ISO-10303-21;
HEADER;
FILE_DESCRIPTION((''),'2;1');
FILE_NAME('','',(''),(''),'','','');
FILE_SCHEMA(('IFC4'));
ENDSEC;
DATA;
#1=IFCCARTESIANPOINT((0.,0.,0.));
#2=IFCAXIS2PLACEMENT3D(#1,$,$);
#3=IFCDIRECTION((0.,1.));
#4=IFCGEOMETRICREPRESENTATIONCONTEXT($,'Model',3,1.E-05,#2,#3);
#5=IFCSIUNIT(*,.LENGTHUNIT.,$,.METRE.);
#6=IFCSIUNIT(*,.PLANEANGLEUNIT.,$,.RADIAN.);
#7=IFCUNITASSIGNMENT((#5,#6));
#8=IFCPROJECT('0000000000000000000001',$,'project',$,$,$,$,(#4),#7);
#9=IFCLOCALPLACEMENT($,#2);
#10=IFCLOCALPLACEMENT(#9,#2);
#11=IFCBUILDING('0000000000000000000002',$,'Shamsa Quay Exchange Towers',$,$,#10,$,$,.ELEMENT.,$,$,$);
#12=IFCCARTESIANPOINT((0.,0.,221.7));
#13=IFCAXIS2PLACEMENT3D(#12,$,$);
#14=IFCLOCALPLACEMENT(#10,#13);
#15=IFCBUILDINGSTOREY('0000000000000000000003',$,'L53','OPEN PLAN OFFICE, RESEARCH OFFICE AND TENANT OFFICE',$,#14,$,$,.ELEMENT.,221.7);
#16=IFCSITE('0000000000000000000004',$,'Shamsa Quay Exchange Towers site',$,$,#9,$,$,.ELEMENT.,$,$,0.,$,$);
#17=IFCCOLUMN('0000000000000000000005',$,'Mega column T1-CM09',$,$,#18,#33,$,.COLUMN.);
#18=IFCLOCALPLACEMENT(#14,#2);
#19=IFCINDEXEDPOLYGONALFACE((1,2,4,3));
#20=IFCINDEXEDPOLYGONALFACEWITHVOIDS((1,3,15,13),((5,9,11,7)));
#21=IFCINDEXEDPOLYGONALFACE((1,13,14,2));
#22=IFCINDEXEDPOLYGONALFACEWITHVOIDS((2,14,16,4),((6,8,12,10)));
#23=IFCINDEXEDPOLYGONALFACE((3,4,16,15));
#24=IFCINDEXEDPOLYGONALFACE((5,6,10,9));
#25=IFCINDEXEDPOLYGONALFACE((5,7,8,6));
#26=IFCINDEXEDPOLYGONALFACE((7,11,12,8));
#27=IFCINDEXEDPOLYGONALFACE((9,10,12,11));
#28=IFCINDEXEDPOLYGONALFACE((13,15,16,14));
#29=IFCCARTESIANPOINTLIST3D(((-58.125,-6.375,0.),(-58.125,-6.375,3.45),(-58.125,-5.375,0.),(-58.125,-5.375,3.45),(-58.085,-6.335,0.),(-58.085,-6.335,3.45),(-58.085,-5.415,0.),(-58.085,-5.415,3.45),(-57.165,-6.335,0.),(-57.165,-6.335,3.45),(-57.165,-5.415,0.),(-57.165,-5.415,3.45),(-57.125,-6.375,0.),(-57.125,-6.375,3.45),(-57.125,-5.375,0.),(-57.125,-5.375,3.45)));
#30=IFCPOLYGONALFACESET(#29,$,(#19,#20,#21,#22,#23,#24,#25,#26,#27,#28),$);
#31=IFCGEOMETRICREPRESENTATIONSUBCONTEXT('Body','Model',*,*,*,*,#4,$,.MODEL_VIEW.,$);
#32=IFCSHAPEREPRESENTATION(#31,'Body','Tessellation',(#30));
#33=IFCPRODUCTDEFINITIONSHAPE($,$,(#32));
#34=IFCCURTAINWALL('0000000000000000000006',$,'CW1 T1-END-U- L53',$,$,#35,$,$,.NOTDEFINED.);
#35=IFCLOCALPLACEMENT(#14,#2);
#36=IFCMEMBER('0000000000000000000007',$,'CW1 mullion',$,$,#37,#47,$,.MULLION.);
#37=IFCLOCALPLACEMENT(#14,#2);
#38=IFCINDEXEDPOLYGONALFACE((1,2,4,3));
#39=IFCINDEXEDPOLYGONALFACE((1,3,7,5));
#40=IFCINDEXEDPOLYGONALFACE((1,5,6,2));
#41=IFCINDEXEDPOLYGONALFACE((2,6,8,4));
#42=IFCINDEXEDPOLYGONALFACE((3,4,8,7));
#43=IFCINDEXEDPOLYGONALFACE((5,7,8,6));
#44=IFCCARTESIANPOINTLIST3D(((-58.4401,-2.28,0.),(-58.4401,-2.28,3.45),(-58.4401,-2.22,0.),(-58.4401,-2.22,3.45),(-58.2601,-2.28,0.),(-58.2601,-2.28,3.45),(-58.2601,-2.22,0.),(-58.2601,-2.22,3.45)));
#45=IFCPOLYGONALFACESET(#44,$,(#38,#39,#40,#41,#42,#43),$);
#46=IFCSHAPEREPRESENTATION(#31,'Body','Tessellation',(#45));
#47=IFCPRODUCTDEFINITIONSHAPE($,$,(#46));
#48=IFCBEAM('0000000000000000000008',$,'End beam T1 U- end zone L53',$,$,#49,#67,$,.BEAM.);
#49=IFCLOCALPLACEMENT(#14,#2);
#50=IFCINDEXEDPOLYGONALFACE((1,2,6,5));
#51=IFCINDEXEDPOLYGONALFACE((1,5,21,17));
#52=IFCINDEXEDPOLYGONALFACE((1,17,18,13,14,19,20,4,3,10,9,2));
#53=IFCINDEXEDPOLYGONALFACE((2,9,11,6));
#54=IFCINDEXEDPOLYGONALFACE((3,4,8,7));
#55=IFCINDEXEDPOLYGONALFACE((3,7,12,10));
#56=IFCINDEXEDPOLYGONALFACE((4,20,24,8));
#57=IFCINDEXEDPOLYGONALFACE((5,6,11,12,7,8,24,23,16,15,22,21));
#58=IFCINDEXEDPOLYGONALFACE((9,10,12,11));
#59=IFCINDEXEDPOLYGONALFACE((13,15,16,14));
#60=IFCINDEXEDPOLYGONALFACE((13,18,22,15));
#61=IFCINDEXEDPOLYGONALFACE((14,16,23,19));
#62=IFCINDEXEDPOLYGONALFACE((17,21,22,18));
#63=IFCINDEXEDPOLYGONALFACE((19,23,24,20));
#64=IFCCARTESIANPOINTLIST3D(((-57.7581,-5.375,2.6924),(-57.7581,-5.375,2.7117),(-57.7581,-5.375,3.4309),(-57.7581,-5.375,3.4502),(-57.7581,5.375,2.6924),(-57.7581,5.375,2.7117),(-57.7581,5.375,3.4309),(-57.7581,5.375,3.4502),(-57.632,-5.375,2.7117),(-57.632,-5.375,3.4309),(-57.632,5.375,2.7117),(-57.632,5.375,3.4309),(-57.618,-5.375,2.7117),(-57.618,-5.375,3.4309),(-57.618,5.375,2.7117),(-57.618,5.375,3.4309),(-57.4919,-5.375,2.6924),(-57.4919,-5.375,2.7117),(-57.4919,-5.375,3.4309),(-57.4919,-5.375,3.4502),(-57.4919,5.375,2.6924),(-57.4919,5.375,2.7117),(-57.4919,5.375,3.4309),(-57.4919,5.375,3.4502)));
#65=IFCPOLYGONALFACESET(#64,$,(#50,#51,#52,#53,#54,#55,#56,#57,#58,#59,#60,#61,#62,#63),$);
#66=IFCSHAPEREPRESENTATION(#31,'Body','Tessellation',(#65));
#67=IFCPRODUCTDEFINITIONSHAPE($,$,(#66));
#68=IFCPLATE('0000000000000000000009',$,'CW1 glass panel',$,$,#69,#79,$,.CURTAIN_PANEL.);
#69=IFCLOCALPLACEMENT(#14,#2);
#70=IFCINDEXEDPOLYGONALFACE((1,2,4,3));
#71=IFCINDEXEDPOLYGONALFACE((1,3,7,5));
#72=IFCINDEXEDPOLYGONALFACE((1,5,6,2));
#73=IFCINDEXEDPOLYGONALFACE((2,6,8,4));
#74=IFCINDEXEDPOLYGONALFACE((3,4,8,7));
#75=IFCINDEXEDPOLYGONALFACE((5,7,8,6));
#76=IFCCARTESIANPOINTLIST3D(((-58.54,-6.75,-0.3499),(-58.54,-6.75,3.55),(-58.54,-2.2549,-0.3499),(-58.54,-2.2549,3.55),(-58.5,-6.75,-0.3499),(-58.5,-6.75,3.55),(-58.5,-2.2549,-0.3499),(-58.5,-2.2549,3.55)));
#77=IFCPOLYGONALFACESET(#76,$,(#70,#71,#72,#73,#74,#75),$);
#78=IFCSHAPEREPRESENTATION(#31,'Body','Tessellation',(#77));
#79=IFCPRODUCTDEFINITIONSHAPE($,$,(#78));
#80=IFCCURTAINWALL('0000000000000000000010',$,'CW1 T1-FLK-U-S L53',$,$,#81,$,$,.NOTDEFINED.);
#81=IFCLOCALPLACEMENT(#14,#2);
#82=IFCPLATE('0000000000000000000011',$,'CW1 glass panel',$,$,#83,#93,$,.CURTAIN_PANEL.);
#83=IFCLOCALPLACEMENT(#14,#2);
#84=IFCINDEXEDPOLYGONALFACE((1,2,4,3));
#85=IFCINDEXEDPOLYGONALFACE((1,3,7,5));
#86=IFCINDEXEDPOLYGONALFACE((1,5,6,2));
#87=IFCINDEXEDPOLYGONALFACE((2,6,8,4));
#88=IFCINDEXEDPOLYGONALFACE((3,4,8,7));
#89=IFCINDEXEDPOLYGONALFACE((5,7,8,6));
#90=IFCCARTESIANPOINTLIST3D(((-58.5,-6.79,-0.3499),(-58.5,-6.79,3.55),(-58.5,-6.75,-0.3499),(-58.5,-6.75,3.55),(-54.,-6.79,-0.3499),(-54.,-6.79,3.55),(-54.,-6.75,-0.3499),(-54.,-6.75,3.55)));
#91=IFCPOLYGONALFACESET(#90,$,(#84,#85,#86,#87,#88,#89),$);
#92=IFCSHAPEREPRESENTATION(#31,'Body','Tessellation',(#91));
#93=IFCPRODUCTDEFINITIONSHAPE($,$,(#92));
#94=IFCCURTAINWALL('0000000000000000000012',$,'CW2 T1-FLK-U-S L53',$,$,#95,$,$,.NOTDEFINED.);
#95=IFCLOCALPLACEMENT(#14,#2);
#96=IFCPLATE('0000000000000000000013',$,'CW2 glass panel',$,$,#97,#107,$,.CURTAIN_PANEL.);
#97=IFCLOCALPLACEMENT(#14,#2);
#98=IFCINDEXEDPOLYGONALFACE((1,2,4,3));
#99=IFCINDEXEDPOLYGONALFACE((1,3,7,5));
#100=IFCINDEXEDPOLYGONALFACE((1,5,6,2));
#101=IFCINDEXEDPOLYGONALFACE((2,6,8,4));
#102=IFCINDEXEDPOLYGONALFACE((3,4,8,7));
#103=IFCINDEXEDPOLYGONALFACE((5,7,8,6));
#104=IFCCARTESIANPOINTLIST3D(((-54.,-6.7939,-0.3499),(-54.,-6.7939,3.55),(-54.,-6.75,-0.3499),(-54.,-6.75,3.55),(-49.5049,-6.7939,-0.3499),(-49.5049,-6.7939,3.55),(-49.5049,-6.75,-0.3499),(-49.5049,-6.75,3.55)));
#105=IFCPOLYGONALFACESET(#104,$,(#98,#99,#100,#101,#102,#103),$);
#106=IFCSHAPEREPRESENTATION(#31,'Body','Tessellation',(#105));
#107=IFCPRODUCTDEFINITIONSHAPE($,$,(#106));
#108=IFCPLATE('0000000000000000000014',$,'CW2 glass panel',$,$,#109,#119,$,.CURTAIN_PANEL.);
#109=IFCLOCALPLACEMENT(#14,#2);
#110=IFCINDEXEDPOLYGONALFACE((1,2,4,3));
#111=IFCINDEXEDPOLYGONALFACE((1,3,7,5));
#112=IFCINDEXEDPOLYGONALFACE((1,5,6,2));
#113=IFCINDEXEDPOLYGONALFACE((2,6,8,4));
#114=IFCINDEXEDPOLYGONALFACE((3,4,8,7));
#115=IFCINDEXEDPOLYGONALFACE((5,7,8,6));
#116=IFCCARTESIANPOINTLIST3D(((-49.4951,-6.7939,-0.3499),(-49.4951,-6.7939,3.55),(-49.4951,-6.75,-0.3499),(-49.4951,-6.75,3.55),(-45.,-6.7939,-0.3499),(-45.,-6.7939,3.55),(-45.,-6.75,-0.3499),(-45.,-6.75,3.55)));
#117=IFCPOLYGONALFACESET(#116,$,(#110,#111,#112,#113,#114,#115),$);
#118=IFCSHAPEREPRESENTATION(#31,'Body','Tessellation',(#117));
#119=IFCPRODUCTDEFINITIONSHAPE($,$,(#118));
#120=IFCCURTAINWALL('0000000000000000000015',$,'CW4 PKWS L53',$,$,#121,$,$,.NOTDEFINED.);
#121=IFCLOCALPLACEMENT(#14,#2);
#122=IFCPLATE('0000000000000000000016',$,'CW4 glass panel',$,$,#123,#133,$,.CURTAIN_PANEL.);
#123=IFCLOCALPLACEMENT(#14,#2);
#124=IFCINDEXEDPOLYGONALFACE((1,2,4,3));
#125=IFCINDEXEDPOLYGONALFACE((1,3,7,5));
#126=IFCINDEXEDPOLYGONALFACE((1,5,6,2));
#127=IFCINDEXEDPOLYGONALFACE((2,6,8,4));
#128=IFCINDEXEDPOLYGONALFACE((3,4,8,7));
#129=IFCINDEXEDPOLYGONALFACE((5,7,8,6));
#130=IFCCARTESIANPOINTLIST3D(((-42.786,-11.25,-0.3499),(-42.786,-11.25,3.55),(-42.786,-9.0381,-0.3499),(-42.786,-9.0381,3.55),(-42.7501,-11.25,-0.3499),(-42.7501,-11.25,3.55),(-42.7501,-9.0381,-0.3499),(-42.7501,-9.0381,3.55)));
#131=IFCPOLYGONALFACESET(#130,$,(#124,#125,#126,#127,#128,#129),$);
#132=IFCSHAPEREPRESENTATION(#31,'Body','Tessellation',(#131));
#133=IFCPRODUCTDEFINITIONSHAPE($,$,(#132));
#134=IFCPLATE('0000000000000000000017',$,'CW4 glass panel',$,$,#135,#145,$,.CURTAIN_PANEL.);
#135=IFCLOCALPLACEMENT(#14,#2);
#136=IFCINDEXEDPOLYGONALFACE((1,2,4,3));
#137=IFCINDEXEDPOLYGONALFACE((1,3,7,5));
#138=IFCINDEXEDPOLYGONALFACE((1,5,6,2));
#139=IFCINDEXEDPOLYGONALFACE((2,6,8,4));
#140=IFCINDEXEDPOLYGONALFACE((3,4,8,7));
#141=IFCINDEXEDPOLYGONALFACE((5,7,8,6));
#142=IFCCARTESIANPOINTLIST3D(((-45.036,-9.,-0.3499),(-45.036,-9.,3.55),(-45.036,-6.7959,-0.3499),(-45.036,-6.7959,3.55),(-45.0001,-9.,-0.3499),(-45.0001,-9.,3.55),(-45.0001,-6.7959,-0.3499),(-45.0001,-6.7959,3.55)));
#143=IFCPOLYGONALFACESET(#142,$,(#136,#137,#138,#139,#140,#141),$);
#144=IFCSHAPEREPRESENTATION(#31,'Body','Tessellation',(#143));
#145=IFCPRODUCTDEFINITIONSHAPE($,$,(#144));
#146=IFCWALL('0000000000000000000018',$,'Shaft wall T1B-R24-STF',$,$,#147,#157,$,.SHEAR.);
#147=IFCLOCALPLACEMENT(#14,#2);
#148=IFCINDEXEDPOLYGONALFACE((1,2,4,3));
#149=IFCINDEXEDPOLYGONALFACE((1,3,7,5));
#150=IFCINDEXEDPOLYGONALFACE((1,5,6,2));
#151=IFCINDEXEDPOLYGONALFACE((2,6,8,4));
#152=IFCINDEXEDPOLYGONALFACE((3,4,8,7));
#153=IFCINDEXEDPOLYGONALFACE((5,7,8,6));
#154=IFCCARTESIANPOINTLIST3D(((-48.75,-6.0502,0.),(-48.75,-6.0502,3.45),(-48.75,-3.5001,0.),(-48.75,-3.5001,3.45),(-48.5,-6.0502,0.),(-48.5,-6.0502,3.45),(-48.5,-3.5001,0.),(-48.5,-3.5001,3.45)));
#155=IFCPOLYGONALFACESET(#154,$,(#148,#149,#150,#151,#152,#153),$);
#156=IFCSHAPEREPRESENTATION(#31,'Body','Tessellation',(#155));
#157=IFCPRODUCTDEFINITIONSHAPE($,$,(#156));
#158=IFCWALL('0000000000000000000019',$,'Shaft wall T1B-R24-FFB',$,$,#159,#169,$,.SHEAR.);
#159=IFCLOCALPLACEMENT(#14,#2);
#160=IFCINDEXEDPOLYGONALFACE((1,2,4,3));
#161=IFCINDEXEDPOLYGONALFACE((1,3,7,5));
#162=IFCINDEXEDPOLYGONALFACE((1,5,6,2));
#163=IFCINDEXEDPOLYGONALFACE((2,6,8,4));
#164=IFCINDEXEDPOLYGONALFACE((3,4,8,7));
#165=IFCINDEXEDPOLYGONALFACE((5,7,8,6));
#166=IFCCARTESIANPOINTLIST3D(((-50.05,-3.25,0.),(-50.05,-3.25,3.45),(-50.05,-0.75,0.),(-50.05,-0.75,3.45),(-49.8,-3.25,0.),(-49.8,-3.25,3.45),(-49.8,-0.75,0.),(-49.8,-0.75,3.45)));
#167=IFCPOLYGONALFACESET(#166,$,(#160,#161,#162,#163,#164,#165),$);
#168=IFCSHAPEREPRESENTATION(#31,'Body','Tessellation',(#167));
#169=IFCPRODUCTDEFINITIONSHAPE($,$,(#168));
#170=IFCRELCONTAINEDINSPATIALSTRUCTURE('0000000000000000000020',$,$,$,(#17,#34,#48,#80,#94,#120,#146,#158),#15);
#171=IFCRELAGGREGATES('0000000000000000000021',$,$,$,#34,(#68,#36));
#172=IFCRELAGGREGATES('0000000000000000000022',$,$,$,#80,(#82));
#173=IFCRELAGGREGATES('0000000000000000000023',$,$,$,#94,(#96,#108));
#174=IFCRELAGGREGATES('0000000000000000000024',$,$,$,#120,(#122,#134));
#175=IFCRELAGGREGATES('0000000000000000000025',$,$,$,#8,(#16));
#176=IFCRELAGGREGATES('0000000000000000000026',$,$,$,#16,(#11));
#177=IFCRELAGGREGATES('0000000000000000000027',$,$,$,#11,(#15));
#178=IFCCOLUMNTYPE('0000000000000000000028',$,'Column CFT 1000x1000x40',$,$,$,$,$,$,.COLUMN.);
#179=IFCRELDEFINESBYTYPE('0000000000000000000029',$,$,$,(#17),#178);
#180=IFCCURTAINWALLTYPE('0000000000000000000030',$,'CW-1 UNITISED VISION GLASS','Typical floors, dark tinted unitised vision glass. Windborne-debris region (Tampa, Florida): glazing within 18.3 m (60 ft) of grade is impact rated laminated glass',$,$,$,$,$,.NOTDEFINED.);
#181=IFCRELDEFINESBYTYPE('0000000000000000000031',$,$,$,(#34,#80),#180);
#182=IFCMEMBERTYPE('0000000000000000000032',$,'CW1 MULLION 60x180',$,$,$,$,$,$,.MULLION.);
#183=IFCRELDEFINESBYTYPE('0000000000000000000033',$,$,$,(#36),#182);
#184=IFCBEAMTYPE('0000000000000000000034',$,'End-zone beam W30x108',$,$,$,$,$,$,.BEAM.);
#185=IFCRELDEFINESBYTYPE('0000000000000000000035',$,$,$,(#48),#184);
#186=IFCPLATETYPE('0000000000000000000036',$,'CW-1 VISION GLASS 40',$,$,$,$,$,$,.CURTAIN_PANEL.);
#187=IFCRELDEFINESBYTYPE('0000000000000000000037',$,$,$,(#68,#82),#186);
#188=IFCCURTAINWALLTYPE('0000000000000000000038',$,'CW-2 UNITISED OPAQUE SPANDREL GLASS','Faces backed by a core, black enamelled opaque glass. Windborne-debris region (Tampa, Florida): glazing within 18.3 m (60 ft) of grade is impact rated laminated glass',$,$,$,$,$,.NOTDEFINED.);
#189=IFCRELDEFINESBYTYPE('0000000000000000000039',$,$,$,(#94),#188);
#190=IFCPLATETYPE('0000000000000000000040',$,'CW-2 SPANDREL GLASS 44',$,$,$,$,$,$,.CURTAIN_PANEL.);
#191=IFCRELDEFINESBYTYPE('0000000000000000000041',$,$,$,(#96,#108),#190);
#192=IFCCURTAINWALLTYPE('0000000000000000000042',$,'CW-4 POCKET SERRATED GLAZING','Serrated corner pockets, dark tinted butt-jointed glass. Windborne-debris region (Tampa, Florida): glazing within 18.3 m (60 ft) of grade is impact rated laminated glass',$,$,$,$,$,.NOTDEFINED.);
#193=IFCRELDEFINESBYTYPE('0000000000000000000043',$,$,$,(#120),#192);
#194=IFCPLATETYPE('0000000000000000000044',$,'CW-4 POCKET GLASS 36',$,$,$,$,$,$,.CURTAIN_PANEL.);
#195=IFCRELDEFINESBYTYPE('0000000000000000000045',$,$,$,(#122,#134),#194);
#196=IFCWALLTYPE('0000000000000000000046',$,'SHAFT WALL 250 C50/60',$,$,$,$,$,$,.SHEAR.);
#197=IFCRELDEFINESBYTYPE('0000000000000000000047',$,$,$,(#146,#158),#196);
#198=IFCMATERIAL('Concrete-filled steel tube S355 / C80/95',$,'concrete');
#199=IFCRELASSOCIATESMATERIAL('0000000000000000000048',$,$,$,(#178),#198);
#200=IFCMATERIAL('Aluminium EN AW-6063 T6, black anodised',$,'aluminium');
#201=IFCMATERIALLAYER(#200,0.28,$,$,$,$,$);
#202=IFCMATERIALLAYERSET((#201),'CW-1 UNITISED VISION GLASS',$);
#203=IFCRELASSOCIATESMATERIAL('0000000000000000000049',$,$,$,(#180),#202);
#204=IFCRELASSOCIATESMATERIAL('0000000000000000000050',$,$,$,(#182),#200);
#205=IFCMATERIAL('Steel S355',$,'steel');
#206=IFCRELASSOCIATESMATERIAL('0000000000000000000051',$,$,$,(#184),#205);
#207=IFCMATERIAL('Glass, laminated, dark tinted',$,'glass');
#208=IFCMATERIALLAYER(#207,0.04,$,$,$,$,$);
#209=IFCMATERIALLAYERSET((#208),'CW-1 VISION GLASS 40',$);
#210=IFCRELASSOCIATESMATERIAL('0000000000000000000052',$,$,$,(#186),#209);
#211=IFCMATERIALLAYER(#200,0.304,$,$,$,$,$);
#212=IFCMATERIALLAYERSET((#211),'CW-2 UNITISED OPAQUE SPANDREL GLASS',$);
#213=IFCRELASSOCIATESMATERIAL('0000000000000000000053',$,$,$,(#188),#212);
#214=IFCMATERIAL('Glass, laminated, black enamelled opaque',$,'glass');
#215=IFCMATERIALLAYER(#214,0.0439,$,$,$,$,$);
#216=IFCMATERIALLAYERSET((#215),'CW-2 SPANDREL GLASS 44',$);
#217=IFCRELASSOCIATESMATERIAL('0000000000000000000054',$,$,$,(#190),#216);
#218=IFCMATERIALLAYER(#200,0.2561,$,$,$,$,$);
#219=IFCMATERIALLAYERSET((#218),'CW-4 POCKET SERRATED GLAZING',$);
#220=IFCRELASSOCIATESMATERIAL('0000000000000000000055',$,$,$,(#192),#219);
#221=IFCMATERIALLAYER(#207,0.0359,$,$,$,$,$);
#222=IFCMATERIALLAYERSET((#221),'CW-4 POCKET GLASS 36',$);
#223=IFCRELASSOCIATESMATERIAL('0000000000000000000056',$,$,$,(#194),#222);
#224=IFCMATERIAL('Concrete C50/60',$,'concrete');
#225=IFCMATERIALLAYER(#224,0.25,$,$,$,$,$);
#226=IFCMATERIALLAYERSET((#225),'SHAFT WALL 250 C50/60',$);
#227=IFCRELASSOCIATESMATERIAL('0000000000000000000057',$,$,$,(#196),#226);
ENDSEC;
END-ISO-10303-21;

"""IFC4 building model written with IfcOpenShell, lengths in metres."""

from ifc_helpers import new_model, si_unit, direction, frame, frame_2d, origin, origin_2d, place, context, subcontext, project, spatial, rectangle, hollow_rectangle, i_section, extrude, material, layer, layer_set, material_profile, profile_set, type_object, element, aggregate, save


model = new_model("IFC4")

# Units and contexts
model_context = context("Model", 3, precision=1e-05, world=origin(), true_north=direction((0.0, 1.0)))
body_context = subcontext(model_context, "Body", "Model", "MODEL_VIEW")
ifc_project = project(units=[si_unit("LENGTHUNIT", "METRE"), si_unit("PLANEANGLEUNIT", "RADIAN")], contexts=[model_context])

# Site, building, storey
site_placement = place(None, origin())
site = spatial("IfcSite", under=ifc_project, at=site_placement, Name="Shamsa Quay Exchange Towers site", CompositionType="ELEMENT", RefElevation=0.0)
building_placement = place(site_placement, origin())
building = spatial("IfcBuilding", under=site, at=building_placement, Name="Shamsa Quay Exchange Towers", CompositionType="ELEMENT")
storey_placement = place(building_placement, frame((0.0, 0.0, 221.7)))
storey = spatial("IfcBuildingStorey", under=building, at=storey_placement, Name="L53", Description="OPEN PLAN OFFICE, RESEARCH OFFICE AND TENANT OFFICE", CompositionType="ELEMENT", Elevation=221.7)

# Column
ifc_material_1 = material(Name="Concrete-filled steel tube S355 / C80/95", Category="concrete")
ifc_material_profile_1 = material_profile(ifc_material_1, hollow_rectangle(XDim=1.0, YDim=1.0, WallThickness=0.04, at=origin_2d()), Name="CFT 1000x1000x40")
ifc_profile_set_1 = profile_set([ifc_material_profile_1], Name="Concrete-filled steel tube S355 / C80/95")
column_type = type_object("IfcColumnType", Name="Column CFT 1000x1000x40", PredefinedType="COLUMN", material=ifc_profile_set_1)
column_placement = place(storey_placement, frame((-57.625, -5.875, 0.0)))
element("IfcColumn", 1, at=column_placement, inside=storey, type_object=column_type, Name="Mega column T1-CM09", PredefinedType="COLUMN", context=body_context, shape_type="SweptSolid", body=[
    extrude(hollow_rectangle(XDim=1.0, YDim=1.0, WallThickness=0.04, at=origin_2d()), origin(), (0.0, 0.0, 1.0), 3.45),
])

# Curtain wall, member
ifc_material_2 = material(Name="Aluminium EN AW-6063 T6, black anodised", Category="aluminium")
ifc_layer_1 = layer(ifc_material_2, 0.28)
ifc_layer_set_1 = layer_set([ifc_layer_1], Name="CW-1 UNITISED VISION GLASS")
curtain_wall_type_1 = type_object("IfcCurtainWallType", Name="CW-1 UNITISED VISION GLASS", Description="Typical floors, dark tinted unitised vision glass. Windborne-debris region (Tampa, Florida): glazing within 18.3 m (60 ft) of grade is impact rated laminated glass", PredefinedType="NOTDEFINED", material=ifc_layer_set_1)
curtain_wall_1_placement = place(storey_placement, origin())
curtain_wall_1 = element("IfcCurtainWall", 2, at=curtain_wall_1_placement, inside=storey, type_object=curtain_wall_type_1, Name="CW1 T1-END-U- L53", PredefinedType="NOTDEFINED")
ifc_material_profile_2 = material_profile(ifc_material_2, rectangle(XDim=0.1799, YDim=0.0601, at=origin_2d()), Name="MU60x180")
ifc_profile_set_2 = profile_set([ifc_material_profile_2], Name="Aluminium EN AW-6063 T6, black anodised")
member_type = type_object("IfcMemberType", Name="CW1 MULLION 60x180", PredefinedType="MULLION", material=ifc_profile_set_2)
member_placement = place(storey_placement, frame((-58.3501, -2.25, 0.0)))
member = element("IfcMember", 3, at=member_placement, type_object=member_type, Name="CW1 mullion", PredefinedType="MULLION", context=body_context, shape_type="SweptSolid", body=[
    extrude(rectangle(XDim=0.1799, YDim=0.0601, at=origin_2d()), origin(), (0.0, 0.0, 1.0), 3.45),
])

# Beam
ifc_material_3 = material(Name="Steel S355", Category="steel")
ifc_material_profile_3 = material_profile(ifc_material_3, i_section(OverallWidth=0.2661, OverallDepth=0.7578, WebThickness=0.0139, FlangeThickness=0.0193, at=origin_2d()), Name="W30x108")
ifc_profile_set_3 = profile_set([ifc_material_profile_3], Name="Steel S355")
beam_type = type_object("IfcBeamType", Name="End-zone beam W30x108", PredefinedType="BEAM", material=ifc_profile_set_3)
beam_placement = place(storey_placement, frame((-57.625, -5.375, 3.0713), z_axis=(0.0, 1.0, 0.0), x_axis=(-1.0, 0.0, 0.0)))
element("IfcBeam", 4, at=beam_placement, inside=storey, type_object=beam_type, Name="End beam T1 U- end zone L53", PredefinedType="BEAM", context=body_context, shape_type="SweptSolid", body=[
    extrude(i_section(OverallWidth=0.2661, OverallDepth=0.7578, WebThickness=0.0139, FlangeThickness=0.0193, at=origin_2d()), origin(), (0.0, 0.0, 1.0), 10.75),
])

# Plate
ifc_material_4 = material(Name="Glass, laminated, dark tinted", Category="glass")
ifc_layer_2 = layer(ifc_material_4, 0.04)
ifc_layer_set_2 = layer_set([ifc_layer_2], Name="CW-1 VISION GLASS 40")
plate_type_1 = type_object("IfcPlateType", Name="CW-1 VISION GLASS 40", PredefinedType="CURTAIN_PANEL", material=ifc_layer_set_2)
plate_1_placement = place(storey_placement, frame((-58.52, -4.5024, -0.3499), z_axis=(0.0, 0.0, 1.0), x_axis=(0.0, -1.0, 0.0)))
plate_1 = element("IfcPlate", 5, at=plate_1_placement, type_object=plate_type_1, Name="CW1 glass panel", PredefinedType="CURTAIN_PANEL", context=body_context, shape_type="SweptSolid", body=[
    extrude(rectangle(XDim=4.4951, YDim=0.04, at=origin_2d()), origin(), (0.0, 0.0, 1.0), 3.8999),
])
aggregate(curtain_wall_1, [plate_1, member])

# Curtain wall, plate
curtain_wall_2_placement = place(storey_placement, origin())
curtain_wall_2 = element("IfcCurtainWall", 6, at=curtain_wall_2_placement, inside=storey, type_object=curtain_wall_type_1, Name="CW1 T1-FLK-U-S L53", PredefinedType="NOTDEFINED")
plate_2_placement = place(storey_placement, frame((-56.25, -6.77, -0.3499)))
plate_2 = element("IfcPlate", 7, at=plate_2_placement, type_object=plate_type_1, Name="CW1 glass panel", PredefinedType="CURTAIN_PANEL", context=body_context, shape_type="SweptSolid", body=[
    extrude(rectangle(XDim=4.5, YDim=0.04, at=origin_2d()), origin(), (0.0, 0.0, 1.0), 3.8999),
])
aggregate(curtain_wall_2, [plate_2])

# Curtain walls, plates
ifc_layer_3 = layer(ifc_material_2, 0.304)
ifc_layer_set_3 = layer_set([ifc_layer_3], Name="CW-2 UNITISED OPAQUE SPANDREL GLASS")
curtain_wall_type_2 = type_object("IfcCurtainWallType", Name="CW-2 UNITISED OPAQUE SPANDREL GLASS", Description="Faces backed by a core, black enamelled opaque glass. Windborne-debris region (Tampa, Florida): glazing within 18.3 m (60 ft) of grade is impact rated laminated glass", PredefinedType="NOTDEFINED", material=ifc_layer_set_3)
curtain_wall_3_placement = place(storey_placement, origin())
curtain_wall_3 = element("IfcCurtainWall", 8, at=curtain_wall_3_placement, inside=storey, type_object=curtain_wall_type_2, Name="CW2 T1-FLK-U-S L53", PredefinedType="NOTDEFINED")
ifc_material_5 = material(Name="Glass, laminated, black enamelled opaque", Category="glass")
ifc_layer_4 = layer(ifc_material_5, 0.0439)
ifc_layer_set_4 = layer_set([ifc_layer_4], Name="CW-2 SPANDREL GLASS 44")
plate_type_2 = type_object("IfcPlateType", Name="CW-2 SPANDREL GLASS 44", PredefinedType="CURTAIN_PANEL", material=ifc_layer_set_4)
plate_3_placement = place(storey_placement, frame((-51.7524, -6.772, -0.3499)))
plate_3 = element("IfcPlate", 9, at=plate_3_placement, type_object=plate_type_2, Name="CW2 glass panel", PredefinedType="CURTAIN_PANEL", context=body_context, shape_type="SweptSolid", body=[
    extrude(rectangle(XDim=4.4951, YDim=0.0439, at=origin_2d()), origin(), (0.0, 0.0, 1.0), 3.8999),
])
plate_4_placement = place(storey_placement, frame((-47.2476, -6.772, -0.3499)))
plate_4 = element("IfcPlate", 10, at=plate_4_placement, type_object=plate_type_2, Name="CW2 glass panel", PredefinedType="CURTAIN_PANEL", context=body_context, shape_type="SweptSolid", body=[
    extrude(rectangle(XDim=4.4951, YDim=0.0439, at=origin_2d()), origin(), (0.0, 0.0, 1.0), 3.8999),
])
aggregate(curtain_wall_3, [plate_3, plate_4])
ifc_layer_5 = layer(ifc_material_2, 0.2561)
ifc_layer_set_5 = layer_set([ifc_layer_5], Name="CW-4 POCKET SERRATED GLAZING")
curtain_wall_type_3 = type_object("IfcCurtainWallType", Name="CW-4 POCKET SERRATED GLAZING", Description="Serrated corner pockets, dark tinted butt-jointed glass. Windborne-debris region (Tampa, Florida): glazing within 18.3 m (60 ft) of grade is impact rated laminated glass", PredefinedType="NOTDEFINED", material=ifc_layer_set_5)
curtain_wall_4_placement = place(storey_placement, origin())
curtain_wall_4 = element("IfcCurtainWall", 11, at=curtain_wall_4_placement, inside=storey, type_object=curtain_wall_type_3, Name="CW4 PKWS L53", PredefinedType="NOTDEFINED")
ifc_layer_6 = layer(ifc_material_4, 0.0359)
ifc_layer_set_6 = layer_set([ifc_layer_6], Name="CW-4 POCKET GLASS 36")
plate_type_3 = type_object("IfcPlateType", Name="CW-4 POCKET GLASS 36", PredefinedType="CURTAIN_PANEL", material=ifc_layer_set_6)
plate_5_placement = place(storey_placement, frame((-42.7681, -10.144, -0.3499), z_axis=(0.0, 0.0, 1.0), x_axis=(0.0, -1.0, 0.0)))
plate_5 = element("IfcPlate", 12, at=plate_5_placement, type_object=plate_type_3, Name="CW4 glass panel", PredefinedType="CURTAIN_PANEL", context=body_context, shape_type="SweptSolid", body=[
    extrude(rectangle(XDim=2.2119, YDim=0.0359, at=origin_2d()), origin(), (0.0, 0.0, 1.0), 3.8999),
])
plate_6_placement = place(storey_placement, frame((-45.0181, -7.8979, -0.3499), z_axis=(0.0, 0.0, 1.0), x_axis=(0.0, -1.0, 0.0)))
plate_6 = element("IfcPlate", 13, at=plate_6_placement, type_object=plate_type_3, Name="CW4 glass panel", PredefinedType="CURTAIN_PANEL", context=body_context, shape_type="SweptSolid", body=[
    extrude(rectangle(XDim=2.2041, YDim=0.0359, at=origin_2d()), origin(), (0.0, 0.0, 1.0), 3.8999),
])
aggregate(curtain_wall_4, [plate_5, plate_6])

# Wall
ifc_material_6 = material(Name="Concrete C50/60", Category="concrete")
ifc_layer_7 = layer(ifc_material_6, 0.25)
ifc_layer_set_7 = layer_set([ifc_layer_7], Name="SHAFT WALL 250 C50/60")
wall_type_1 = type_object("IfcWallType", Name="SHAFT WALL 250 C50/60", PredefinedType="SHEAR", material=ifc_layer_set_7)
wall_1_placement = place(storey_placement, frame((-48.625, -6.05, 0.0), z_axis=(0.0, 0.0, 1.0), x_axis=(0.0, 1.0, 0.0)))
element("IfcWall", 14, at=wall_1_placement, inside=storey, type_object=wall_type_1, Name="Shaft wall T1B-R24-STF", PredefinedType="SHEAR", context=body_context, shape_type="SweptSolid", body=[
    extrude(rectangle(XDim=2.55, YDim=0.25, at=frame_2d((1.2749, 0.0))), origin(), (0.0, 0.0, 1.0), 3.45),
])

# Wall
wall_2_placement = place(storey_placement, frame((-49.925, -3.25, 0.0), z_axis=(0.0, 0.0, 1.0), x_axis=(0.0, 1.0, 0.0)))
element("IfcWall", 15, at=wall_2_placement, inside=storey, type_object=wall_type_1, Name="Shaft wall T1B-R24-FFB", PredefinedType="SHEAR", context=body_context, shape_type="SweptSolid", body=[
    extrude(rectangle(XDim=2.5, YDim=0.25, at=frame_2d((1.25, 0.0))), origin(), (0.0, 0.0, 1.0), 3.45),
])

save(model, "model.ifc")
